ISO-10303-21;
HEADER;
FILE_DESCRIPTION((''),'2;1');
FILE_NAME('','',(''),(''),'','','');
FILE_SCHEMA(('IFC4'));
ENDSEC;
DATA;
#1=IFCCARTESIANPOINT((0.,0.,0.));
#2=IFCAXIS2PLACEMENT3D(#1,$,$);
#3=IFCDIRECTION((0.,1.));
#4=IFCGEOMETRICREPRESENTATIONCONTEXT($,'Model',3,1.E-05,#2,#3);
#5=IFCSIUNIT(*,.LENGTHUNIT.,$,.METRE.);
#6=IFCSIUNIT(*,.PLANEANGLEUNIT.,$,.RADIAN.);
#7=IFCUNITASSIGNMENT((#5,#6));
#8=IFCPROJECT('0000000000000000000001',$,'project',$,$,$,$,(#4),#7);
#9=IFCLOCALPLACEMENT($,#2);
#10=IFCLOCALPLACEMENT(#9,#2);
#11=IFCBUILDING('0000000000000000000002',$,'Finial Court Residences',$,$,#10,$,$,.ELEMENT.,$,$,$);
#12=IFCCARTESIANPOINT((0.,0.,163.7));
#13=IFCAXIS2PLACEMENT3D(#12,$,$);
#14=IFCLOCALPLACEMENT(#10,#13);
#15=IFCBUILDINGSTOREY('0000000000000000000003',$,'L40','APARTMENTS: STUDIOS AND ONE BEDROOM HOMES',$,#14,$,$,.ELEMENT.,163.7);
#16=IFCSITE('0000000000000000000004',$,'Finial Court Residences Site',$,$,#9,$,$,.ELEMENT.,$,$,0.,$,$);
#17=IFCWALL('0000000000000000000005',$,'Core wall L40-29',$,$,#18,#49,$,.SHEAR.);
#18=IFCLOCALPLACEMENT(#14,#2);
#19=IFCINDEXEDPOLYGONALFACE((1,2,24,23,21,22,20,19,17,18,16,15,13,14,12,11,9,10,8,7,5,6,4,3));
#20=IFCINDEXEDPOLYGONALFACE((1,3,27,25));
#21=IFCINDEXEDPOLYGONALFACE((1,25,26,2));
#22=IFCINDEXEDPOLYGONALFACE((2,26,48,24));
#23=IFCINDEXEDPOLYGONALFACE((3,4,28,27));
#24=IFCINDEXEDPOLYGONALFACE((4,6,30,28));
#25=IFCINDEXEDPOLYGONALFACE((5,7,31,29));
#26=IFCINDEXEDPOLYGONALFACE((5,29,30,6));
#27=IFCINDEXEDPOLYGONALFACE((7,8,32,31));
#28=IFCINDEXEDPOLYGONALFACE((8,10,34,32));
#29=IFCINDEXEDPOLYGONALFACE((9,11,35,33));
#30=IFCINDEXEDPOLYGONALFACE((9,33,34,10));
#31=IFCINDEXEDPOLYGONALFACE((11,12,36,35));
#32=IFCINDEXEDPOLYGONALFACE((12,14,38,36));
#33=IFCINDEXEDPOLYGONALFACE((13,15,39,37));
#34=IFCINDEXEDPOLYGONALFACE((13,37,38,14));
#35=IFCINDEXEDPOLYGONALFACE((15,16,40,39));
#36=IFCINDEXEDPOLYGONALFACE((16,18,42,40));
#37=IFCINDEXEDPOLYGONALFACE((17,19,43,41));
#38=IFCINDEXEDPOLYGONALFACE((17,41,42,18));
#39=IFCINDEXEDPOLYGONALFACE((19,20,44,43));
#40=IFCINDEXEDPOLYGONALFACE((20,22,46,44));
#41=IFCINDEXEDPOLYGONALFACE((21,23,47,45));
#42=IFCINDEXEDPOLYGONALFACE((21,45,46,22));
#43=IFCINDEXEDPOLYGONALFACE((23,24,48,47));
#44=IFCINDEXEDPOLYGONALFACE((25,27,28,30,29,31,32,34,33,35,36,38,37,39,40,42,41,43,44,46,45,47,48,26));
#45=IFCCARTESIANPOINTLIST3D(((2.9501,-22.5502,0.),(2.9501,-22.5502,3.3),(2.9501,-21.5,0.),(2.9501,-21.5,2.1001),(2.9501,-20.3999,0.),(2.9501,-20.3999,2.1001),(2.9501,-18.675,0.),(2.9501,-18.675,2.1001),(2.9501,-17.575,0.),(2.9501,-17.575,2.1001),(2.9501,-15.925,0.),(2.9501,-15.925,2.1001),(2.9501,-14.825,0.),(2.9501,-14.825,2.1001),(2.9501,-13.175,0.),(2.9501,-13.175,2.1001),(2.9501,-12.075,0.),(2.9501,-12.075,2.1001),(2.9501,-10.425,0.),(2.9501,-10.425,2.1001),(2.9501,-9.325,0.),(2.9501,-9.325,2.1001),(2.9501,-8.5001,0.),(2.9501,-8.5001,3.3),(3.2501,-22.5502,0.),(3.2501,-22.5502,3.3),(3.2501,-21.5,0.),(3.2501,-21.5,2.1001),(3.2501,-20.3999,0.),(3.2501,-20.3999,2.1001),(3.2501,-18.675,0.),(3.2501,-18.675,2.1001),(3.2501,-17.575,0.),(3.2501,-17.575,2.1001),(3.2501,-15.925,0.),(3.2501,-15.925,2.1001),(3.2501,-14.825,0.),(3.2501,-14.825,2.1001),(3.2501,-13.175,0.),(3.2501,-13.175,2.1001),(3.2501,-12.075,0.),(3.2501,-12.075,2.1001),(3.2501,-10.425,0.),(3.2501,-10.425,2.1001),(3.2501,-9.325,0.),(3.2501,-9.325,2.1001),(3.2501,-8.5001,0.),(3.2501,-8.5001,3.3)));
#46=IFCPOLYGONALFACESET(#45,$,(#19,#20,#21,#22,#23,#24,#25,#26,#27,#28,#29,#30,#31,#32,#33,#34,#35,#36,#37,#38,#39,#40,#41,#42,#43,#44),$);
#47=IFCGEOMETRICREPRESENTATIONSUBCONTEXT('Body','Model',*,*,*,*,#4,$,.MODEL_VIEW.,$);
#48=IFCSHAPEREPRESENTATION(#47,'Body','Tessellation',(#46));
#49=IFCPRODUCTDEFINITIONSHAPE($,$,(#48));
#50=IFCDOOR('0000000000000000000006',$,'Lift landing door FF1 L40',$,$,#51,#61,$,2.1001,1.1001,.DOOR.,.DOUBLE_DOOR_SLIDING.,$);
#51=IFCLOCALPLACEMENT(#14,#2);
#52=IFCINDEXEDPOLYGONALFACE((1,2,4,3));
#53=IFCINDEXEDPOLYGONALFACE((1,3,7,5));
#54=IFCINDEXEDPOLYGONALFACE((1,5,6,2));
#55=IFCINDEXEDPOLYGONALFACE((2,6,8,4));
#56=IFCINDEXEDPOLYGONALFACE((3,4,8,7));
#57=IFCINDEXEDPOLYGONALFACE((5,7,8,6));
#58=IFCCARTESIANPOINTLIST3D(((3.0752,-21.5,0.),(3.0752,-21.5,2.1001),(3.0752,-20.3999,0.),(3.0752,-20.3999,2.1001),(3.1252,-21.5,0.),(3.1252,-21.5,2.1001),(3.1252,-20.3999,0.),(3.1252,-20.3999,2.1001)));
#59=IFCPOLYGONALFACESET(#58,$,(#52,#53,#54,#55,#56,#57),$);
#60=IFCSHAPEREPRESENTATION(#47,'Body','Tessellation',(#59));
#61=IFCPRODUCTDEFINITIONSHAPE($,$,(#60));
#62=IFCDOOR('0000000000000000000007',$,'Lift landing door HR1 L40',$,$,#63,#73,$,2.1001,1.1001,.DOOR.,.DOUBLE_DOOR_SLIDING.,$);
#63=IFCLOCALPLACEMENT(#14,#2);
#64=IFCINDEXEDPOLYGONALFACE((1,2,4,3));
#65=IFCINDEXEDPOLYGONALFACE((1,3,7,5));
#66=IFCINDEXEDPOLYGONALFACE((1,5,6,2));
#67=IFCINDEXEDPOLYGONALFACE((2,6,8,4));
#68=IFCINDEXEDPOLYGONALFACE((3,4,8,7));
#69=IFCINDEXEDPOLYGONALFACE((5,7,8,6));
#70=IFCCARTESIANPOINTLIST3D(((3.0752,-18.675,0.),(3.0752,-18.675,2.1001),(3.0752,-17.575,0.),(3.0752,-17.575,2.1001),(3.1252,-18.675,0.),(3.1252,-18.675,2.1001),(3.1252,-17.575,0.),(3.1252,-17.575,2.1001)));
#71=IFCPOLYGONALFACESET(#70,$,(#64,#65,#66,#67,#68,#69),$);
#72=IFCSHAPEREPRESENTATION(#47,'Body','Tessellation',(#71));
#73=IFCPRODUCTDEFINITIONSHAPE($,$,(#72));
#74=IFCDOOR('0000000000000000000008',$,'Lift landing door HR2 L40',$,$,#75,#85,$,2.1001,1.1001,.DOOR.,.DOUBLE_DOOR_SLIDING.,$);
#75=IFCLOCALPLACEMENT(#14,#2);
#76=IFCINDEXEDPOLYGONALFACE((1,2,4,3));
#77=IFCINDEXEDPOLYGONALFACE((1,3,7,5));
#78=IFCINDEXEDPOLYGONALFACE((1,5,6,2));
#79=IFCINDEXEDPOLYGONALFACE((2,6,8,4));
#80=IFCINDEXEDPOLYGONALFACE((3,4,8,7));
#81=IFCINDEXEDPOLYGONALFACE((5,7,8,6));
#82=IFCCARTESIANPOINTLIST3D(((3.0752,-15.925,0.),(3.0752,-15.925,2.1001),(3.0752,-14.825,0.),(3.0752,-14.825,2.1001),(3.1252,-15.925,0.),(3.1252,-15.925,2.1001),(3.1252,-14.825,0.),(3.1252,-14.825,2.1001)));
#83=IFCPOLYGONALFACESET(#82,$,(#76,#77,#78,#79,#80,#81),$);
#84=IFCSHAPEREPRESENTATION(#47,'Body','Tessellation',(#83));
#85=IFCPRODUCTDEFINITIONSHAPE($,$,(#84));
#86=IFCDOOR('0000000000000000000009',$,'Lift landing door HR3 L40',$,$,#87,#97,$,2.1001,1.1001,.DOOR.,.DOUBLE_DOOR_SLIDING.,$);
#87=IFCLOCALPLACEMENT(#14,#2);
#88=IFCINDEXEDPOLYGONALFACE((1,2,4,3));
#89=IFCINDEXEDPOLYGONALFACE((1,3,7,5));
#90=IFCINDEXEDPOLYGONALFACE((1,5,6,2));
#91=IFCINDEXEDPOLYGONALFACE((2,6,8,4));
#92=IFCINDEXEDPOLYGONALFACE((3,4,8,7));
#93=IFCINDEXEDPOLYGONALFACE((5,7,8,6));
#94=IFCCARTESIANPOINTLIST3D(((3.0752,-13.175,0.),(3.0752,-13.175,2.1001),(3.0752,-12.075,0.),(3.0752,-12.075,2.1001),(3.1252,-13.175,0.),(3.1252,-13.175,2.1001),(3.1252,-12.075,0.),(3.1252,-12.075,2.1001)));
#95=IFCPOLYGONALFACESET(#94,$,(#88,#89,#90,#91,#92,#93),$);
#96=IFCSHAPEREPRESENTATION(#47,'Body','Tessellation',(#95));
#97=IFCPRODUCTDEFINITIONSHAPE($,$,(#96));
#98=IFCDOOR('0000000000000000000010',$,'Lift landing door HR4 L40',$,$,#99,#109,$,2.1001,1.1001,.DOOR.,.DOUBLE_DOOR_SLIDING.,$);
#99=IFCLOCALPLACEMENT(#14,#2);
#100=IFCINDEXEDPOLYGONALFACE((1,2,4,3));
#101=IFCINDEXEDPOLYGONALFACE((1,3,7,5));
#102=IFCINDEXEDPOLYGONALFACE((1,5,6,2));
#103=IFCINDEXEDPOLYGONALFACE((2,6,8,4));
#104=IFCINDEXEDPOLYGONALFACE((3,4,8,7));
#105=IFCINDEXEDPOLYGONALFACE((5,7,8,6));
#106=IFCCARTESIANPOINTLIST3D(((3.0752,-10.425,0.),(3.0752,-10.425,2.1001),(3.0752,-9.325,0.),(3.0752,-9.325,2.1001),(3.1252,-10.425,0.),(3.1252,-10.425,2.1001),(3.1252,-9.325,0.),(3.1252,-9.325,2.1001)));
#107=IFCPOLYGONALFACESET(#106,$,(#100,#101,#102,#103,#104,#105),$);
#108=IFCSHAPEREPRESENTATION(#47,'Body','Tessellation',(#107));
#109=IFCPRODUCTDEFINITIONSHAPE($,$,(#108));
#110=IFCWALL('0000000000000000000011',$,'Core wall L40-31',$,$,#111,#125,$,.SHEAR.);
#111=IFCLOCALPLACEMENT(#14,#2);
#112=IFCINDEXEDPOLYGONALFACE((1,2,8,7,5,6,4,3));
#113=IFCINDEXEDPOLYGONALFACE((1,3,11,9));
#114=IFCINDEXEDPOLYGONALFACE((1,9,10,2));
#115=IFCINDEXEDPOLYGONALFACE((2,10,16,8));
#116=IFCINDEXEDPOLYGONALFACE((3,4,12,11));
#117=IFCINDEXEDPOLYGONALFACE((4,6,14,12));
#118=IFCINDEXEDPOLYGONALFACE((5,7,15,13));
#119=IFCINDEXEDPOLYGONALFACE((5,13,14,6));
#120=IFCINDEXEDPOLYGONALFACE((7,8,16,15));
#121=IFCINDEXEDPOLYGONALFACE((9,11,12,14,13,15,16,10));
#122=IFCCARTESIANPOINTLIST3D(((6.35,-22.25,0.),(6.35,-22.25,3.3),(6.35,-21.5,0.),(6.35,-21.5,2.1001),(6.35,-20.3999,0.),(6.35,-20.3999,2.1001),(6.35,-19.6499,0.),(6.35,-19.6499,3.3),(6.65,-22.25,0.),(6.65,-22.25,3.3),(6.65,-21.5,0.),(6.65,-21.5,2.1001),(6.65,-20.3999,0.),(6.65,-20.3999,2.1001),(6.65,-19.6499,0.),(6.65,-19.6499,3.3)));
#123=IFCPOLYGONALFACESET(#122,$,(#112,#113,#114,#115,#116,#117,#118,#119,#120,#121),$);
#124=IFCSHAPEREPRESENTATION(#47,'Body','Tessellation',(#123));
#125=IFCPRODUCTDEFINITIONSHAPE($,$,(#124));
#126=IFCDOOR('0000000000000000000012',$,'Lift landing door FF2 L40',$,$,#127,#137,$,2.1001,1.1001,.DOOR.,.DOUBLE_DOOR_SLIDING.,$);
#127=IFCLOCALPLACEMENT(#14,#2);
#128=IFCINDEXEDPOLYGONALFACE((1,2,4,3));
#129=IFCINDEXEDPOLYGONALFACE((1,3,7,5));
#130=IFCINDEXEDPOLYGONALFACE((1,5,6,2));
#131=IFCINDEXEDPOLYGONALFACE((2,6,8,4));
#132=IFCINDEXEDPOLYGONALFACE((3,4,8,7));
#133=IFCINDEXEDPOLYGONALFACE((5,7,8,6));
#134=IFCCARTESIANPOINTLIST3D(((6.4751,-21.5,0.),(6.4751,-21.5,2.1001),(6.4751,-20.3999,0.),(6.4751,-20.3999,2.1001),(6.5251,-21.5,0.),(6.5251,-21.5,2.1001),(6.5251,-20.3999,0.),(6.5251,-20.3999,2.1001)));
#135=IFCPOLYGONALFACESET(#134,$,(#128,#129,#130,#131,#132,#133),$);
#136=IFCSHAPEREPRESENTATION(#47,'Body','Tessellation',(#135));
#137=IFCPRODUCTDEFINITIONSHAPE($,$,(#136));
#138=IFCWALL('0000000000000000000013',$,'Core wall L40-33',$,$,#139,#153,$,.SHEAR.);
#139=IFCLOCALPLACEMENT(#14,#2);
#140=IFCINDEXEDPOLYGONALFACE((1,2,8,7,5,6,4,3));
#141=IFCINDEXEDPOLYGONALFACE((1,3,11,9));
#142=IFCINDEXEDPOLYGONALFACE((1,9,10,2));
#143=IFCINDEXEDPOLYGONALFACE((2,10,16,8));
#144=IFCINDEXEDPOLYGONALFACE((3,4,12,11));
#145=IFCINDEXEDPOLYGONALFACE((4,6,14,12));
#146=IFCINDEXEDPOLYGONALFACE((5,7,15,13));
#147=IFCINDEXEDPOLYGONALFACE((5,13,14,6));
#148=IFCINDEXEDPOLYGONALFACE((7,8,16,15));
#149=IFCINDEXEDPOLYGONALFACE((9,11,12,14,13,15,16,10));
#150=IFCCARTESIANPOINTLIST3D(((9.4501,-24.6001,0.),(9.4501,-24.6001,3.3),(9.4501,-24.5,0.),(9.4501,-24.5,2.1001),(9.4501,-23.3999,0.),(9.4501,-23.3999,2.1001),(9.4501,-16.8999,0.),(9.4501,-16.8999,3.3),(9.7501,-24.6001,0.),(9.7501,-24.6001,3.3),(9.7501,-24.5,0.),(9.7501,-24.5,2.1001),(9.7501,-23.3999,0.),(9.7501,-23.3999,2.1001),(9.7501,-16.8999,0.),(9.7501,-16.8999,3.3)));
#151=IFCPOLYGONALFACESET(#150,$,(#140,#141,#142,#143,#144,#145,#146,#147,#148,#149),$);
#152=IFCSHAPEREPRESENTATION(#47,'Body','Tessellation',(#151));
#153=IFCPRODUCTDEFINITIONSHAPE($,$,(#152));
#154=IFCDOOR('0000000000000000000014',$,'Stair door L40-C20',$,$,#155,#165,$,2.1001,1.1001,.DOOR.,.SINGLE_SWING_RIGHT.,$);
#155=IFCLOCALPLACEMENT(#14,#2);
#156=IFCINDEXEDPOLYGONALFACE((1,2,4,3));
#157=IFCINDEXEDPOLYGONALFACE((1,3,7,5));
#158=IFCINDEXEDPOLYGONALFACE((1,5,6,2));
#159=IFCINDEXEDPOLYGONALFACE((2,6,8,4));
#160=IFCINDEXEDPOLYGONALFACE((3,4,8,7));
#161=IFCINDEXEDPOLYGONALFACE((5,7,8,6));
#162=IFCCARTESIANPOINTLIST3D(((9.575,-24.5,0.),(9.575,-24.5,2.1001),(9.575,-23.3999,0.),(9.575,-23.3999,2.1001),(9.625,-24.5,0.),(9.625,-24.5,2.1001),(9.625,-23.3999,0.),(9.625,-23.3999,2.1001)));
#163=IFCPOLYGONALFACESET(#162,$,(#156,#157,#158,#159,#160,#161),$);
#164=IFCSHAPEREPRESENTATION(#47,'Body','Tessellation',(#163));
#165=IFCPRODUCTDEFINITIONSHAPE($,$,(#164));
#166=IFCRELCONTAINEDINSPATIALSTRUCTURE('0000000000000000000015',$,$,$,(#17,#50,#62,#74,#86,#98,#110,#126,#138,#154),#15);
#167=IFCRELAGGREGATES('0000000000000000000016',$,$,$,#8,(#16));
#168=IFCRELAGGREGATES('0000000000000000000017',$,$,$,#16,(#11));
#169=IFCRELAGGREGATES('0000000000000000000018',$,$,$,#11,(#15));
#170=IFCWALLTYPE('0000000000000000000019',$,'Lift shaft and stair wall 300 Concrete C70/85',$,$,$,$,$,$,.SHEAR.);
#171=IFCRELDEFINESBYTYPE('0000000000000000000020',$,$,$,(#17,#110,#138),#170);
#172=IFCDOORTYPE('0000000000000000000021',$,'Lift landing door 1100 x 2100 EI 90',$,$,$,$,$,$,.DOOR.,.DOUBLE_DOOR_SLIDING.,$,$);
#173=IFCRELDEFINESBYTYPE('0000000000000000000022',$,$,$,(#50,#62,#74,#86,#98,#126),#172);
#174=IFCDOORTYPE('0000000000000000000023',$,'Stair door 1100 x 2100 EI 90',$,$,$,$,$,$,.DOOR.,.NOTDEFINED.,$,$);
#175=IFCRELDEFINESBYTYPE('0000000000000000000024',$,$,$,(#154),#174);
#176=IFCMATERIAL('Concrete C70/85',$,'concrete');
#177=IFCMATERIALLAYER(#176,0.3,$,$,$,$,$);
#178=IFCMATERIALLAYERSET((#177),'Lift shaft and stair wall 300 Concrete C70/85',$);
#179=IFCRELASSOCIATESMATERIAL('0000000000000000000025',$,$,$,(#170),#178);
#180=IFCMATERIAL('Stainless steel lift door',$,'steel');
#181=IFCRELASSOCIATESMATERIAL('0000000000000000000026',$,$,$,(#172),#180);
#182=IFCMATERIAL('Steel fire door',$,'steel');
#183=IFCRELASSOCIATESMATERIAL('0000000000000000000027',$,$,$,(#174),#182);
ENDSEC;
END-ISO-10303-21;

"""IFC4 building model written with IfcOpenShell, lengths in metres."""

from ifc_helpers import new_model, si_unit, direction, frame, frame_2d, origin, place, context, subcontext, project, spatial, rectangle, extrude, material, layer, layer_set, type_object, element, fill, save


model = new_model("IFC4")

# Units and contexts
model_context = context("Model", 3, precision=1e-05, world=origin(), true_north=direction((0.0, 1.0)))
body_context = subcontext(model_context, "Body", "Model", "MODEL_VIEW")
ifc_project = project(units=[si_unit("LENGTHUNIT", "METRE"), si_unit("PLANEANGLEUNIT", "RADIAN")], contexts=[model_context])

# Site, building, storey
site_placement = place(None, origin())
site = spatial("IfcSite", under=ifc_project, at=site_placement, Name="Finial Court Residences Site", CompositionType="ELEMENT", RefElevation=0.0)
building_placement = place(site_placement, origin())
building = spatial("IfcBuilding", under=site, at=building_placement, Name="Finial Court Residences", CompositionType="ELEMENT")
storey_placement = place(building_placement, frame((0.0, 0.0, 163.7)))
storey = spatial("IfcBuildingStorey", under=building, at=storey_placement, Name="L40", Description="APARTMENTS: STUDIOS AND ONE BEDROOM HOMES", CompositionType="ELEMENT", Elevation=163.7)

# Shared definitions
ifc_material_1 = material(Name="Steel fire door", Category="steel")

# Shared definitions
ifc_material_2 = material(Name="Concrete C70/85", Category="concrete")
ifc_layer_1 = layer(ifc_material_2, 0.3)
ifc_layer_set_1 = layer_set([ifc_layer_1], Name="Lift shaft and stair wall 300 Concrete C70/85")
wall_type_1 = type_object("IfcWallType", Name="Lift shaft and stair wall 300 Concrete C70/85", PredefinedType="SHEAR", material=ifc_layer_set_1)

# Wall, openings, doors
wall_1_placement = place(storey_placement, frame((3.1001, -22.55, 0.0), z_axis=(0.0, 0.0, 1.0), x_axis=(0.0, 1.0, 0.0)))
wall_1 = element("IfcWall", 1, at=wall_1_placement, inside=storey, type_object=wall_type_1, Name="Core wall L40-29", PredefinedType="SHEAR", context=body_context, shape_type="SweptSolid", body=[
    extrude(rectangle(XDim=14.05, YDim=0.3, at=frame_2d((7.0249, 0.0))), origin(), (0.0, 0.0, 1.0), 3.3),
])
opening_1_placement = place(wall_1_placement, frame((1.05, 0.0, 0.0)))
opening_1 = element("IfcOpeningElement", 2, at=opening_1_placement, cuts=wall_1, PredefinedType="OPENING", context=body_context, shape_type="SweptSolid", body=[
    extrude(rectangle(XDim=1.1001, YDim=2.1001, at=frame_2d((0.55, 1.05))), frame((0.0, 0.1599, 0.0), z_axis=(0.0, -1.0, 0.0), x_axis=(1.0, 0.0, 0.0)), (0.0, 0.0, 1.0), 0.3201),
])
opening_2_placement = place(wall_1_placement, frame((3.875, 0.0, 0.0)))
opening_2 = element("IfcOpeningElement", 3, at=opening_2_placement, cuts=wall_1, PredefinedType="OPENING", context=body_context, shape_type="SweptSolid", body=[
    extrude(rectangle(XDim=1.1001, YDim=2.1001, at=frame_2d((0.55, 1.05))), frame((0.0, 0.1599, 0.0), z_axis=(0.0, -1.0, 0.0), x_axis=(1.0, 0.0, 0.0)), (0.0, 0.0, 1.0), 0.3201),
])
opening_3_placement = place(wall_1_placement, frame((6.625, 0.0, 0.0)))
opening_3 = element("IfcOpeningElement", 4, at=opening_3_placement, cuts=wall_1, PredefinedType="OPENING", context=body_context, shape_type="SweptSolid", body=[
    extrude(rectangle(XDim=1.1001, YDim=2.1001, at=frame_2d((0.55, 1.05))), frame((0.0, 0.1599, 0.0), z_axis=(0.0, -1.0, 0.0), x_axis=(1.0, 0.0, 0.0)), (0.0, 0.0, 1.0), 0.3201),
])
opening_4_placement = place(wall_1_placement, frame((9.375, 0.0, 0.0)))
opening_4 = element("IfcOpeningElement", 5, at=opening_4_placement, cuts=wall_1, PredefinedType="OPENING", context=body_context, shape_type="SweptSolid", body=[
    extrude(rectangle(XDim=1.1001, YDim=2.1001, at=frame_2d((0.55, 1.05))), frame((0.0, 0.1599, 0.0), z_axis=(0.0, -1.0, 0.0), x_axis=(1.0, 0.0, 0.0)), (0.0, 0.0, 1.0), 0.3201),
])
opening_5_placement = place(wall_1_placement, frame((12.125, 0.0, 0.0)))
opening_5 = element("IfcOpeningElement", 6, at=opening_5_placement, cuts=wall_1, PredefinedType="OPENING", context=body_context, shape_type="SweptSolid", body=[
    extrude(rectangle(XDim=1.1001, YDim=2.1001, at=frame_2d((0.55, 1.05))), frame((0.0, 0.1599, 0.0), z_axis=(0.0, -1.0, 0.0), x_axis=(1.0, 0.0, 0.0)), (0.0, 0.0, 1.0), 0.3201),
])
ifc_material_3 = material(Name="Stainless steel lift door", Category="steel")
door_type_1 = type_object("IfcDoorType", Name="Lift landing door 1100 x 2100 EI 90", OperationType="DOUBLE_DOOR_SLIDING", PredefinedType="DOOR", material=ifc_material_3)
door_1_placement = place(opening_1_placement, origin())
door_1 = element("IfcDoor", 7, at=door_1_placement, inside=storey, type_object=door_type_1, Name="Lift landing door FF1 L40", OperationType="DOUBLE_DOOR_SLIDING", OverallHeight=2.1001, OverallWidth=1.1001, PredefinedType="DOOR", context=body_context, shape_type="SweptSolid", body=[
    extrude(rectangle(XDim=1.1001, YDim=2.1001, at=frame_2d((0.55, 1.05))), frame((0.0, 0.0249, 0.0), z_axis=(0.0, -1.0, 0.0), x_axis=(1.0, 0.0, 0.0)), (0.0, 0.0, 1.0), 0.05),
])
fill(opening_1, door_1)
door_2_placement = place(opening_2_placement, origin())
door_2 = element("IfcDoor", 8, at=door_2_placement, inside=storey, type_object=door_type_1, Name="Lift landing door HR1 L40", OperationType="DOUBLE_DOOR_SLIDING", OverallHeight=2.1001, OverallWidth=1.1001, PredefinedType="DOOR", context=body_context, shape_type="SweptSolid", body=[
    extrude(rectangle(XDim=1.1001, YDim=2.1001, at=frame_2d((0.55, 1.05))), frame((0.0, 0.0249, 0.0), z_axis=(0.0, -1.0, 0.0), x_axis=(1.0, 0.0, 0.0)), (0.0, 0.0, 1.0), 0.05),
])
fill(opening_2, door_2)
door_3_placement = place(opening_3_placement, origin())
door_3 = element("IfcDoor", 9, at=door_3_placement, inside=storey, type_object=door_type_1, Name="Lift landing door HR2 L40", OperationType="DOUBLE_DOOR_SLIDING", OverallHeight=2.1001, OverallWidth=1.1001, PredefinedType="DOOR", context=body_context, shape_type="SweptSolid", body=[
    extrude(rectangle(XDim=1.1001, YDim=2.1001, at=frame_2d((0.55, 1.05))), frame((0.0, 0.0249, 0.0), z_axis=(0.0, -1.0, 0.0), x_axis=(1.0, 0.0, 0.0)), (0.0, 0.0, 1.0), 0.05),
])
fill(opening_3, door_3)
door_4_placement = place(opening_4_placement, origin())
door_4 = element("IfcDoor", 10, at=door_4_placement, inside=storey, type_object=door_type_1, Name="Lift landing door HR3 L40", OperationType="DOUBLE_DOOR_SLIDING", OverallHeight=2.1001, OverallWidth=1.1001, PredefinedType="DOOR", context=body_context, shape_type="SweptSolid", body=[
    extrude(rectangle(XDim=1.1001, YDim=2.1001, at=frame_2d((0.55, 1.05))), frame((0.0, 0.0249, 0.0), z_axis=(0.0, -1.0, 0.0), x_axis=(1.0, 0.0, 0.0)), (0.0, 0.0, 1.0), 0.05),
])
fill(opening_4, door_4)
door_5_placement = place(opening_5_placement, origin())
door_5 = element("IfcDoor", 11, at=door_5_placement, inside=storey, type_object=door_type_1, Name="Lift landing door HR4 L40", OperationType="DOUBLE_DOOR_SLIDING", OverallHeight=2.1001, OverallWidth=1.1001, PredefinedType="DOOR", context=body_context, shape_type="SweptSolid", body=[
    extrude(rectangle(XDim=1.1001, YDim=2.1001, at=frame_2d((0.55, 1.05))), frame((0.0, 0.0249, 0.0), z_axis=(0.0, -1.0, 0.0), x_axis=(1.0, 0.0, 0.0)), (0.0, 0.0, 1.0), 0.05),
])
fill(opening_5, door_5)

# Walls, openings, doors
wall_2_placement = place(storey_placement, frame((6.5, -22.25, 0.0), z_axis=(0.0, 0.0, 1.0), x_axis=(0.0, 1.0, 0.0)))
wall_2 = element("IfcWall", 12, at=wall_2_placement, inside=storey, type_object=wall_type_1, Name="Core wall L40-31", PredefinedType="SHEAR", context=body_context, shape_type="SweptSolid", body=[
    extrude(rectangle(XDim=2.6001, YDim=0.3, at=frame_2d((1.3, 0.0))), origin(), (0.0, 0.0, 1.0), 3.3),
])
opening_6_placement = place(wall_2_placement, frame((0.75, 0.0, 0.0)))
opening_6 = element("IfcOpeningElement", 13, at=opening_6_placement, cuts=wall_2, PredefinedType="OPENING", context=body_context, shape_type="SweptSolid", body=[
    extrude(rectangle(XDim=1.1001, YDim=2.1001, at=frame_2d((0.55, 1.05))), frame((0.0, 0.1599, 0.0), z_axis=(0.0, -1.0, 0.0), x_axis=(1.0, 0.0, 0.0)), (0.0, 0.0, 1.0), 0.3201),
])
door_6_placement = place(opening_6_placement, origin())
door_6 = element("IfcDoor", 14, at=door_6_placement, inside=storey, type_object=door_type_1, Name="Lift landing door FF2 L40", OperationType="DOUBLE_DOOR_SLIDING", OverallHeight=2.1001, OverallWidth=1.1001, PredefinedType="DOOR", context=body_context, shape_type="SweptSolid", body=[
    extrude(rectangle(XDim=1.1001, YDim=2.1001, at=frame_2d((0.55, 1.05))), frame((0.0, 0.0249, 0.0), z_axis=(0.0, -1.0, 0.0), x_axis=(1.0, 0.0, 0.0)), (0.0, 0.0, 1.0), 0.05),
])
fill(opening_6, door_6)
wall_3_placement = place(storey_placement, frame((9.6001, -16.8999, 0.0), z_axis=(0.0, 0.0, 1.0), x_axis=(0.0, -1.0, 0.0)))
wall_3 = element("IfcWall", 15, at=wall_3_placement, inside=storey, type_object=wall_type_1, Name="Core wall L40-33", PredefinedType="SHEAR", context=body_context, shape_type="SweptSolid", body=[
    extrude(rectangle(XDim=7.7002, YDim=0.3, at=frame_2d((3.8501, 0.0))), origin(), (0.0, 0.0, 1.0), 3.3),
])
opening_7_placement = place(wall_3_placement, frame((6.5, 0.0, 0.0)))
opening_7 = element("IfcOpeningElement", 16, at=opening_7_placement, cuts=wall_3, PredefinedType="OPENING", context=body_context, shape_type="SweptSolid", body=[
    extrude(rectangle(XDim=1.1001, YDim=2.1001, at=frame_2d((0.55, 1.05))), frame((0.0, 0.1599, 0.0), z_axis=(0.0, -1.0, 0.0), x_axis=(1.0, 0.0, 0.0)), (0.0, 0.0, 1.0), 0.3201),
])
door_type_2 = type_object("IfcDoorType", Name="Stair door 1100 x 2100 EI 90", OperationType="NOTDEFINED", PredefinedType="DOOR", material=ifc_material_1)
door_7_placement = place(opening_7_placement, origin())
door_7 = element("IfcDoor", 17, at=door_7_placement, inside=storey, type_object=door_type_2, Name="Stair door L40-C20", OperationType="SINGLE_SWING_RIGHT", OverallHeight=2.1001, OverallWidth=1.1001, PredefinedType="DOOR", context=body_context, shape_type="SweptSolid", body=[
    extrude(rectangle(XDim=1.1001, YDim=2.1001, at=frame_2d((0.55, 1.05))), frame((0.0, 0.0249, 0.0), z_axis=(0.0, -1.0, 0.0), x_axis=(1.0, 0.0, 0.0)), (0.0, 0.0, 1.0), 0.05),
])
fill(opening_7, door_7)

save(model, "model.ifc")
